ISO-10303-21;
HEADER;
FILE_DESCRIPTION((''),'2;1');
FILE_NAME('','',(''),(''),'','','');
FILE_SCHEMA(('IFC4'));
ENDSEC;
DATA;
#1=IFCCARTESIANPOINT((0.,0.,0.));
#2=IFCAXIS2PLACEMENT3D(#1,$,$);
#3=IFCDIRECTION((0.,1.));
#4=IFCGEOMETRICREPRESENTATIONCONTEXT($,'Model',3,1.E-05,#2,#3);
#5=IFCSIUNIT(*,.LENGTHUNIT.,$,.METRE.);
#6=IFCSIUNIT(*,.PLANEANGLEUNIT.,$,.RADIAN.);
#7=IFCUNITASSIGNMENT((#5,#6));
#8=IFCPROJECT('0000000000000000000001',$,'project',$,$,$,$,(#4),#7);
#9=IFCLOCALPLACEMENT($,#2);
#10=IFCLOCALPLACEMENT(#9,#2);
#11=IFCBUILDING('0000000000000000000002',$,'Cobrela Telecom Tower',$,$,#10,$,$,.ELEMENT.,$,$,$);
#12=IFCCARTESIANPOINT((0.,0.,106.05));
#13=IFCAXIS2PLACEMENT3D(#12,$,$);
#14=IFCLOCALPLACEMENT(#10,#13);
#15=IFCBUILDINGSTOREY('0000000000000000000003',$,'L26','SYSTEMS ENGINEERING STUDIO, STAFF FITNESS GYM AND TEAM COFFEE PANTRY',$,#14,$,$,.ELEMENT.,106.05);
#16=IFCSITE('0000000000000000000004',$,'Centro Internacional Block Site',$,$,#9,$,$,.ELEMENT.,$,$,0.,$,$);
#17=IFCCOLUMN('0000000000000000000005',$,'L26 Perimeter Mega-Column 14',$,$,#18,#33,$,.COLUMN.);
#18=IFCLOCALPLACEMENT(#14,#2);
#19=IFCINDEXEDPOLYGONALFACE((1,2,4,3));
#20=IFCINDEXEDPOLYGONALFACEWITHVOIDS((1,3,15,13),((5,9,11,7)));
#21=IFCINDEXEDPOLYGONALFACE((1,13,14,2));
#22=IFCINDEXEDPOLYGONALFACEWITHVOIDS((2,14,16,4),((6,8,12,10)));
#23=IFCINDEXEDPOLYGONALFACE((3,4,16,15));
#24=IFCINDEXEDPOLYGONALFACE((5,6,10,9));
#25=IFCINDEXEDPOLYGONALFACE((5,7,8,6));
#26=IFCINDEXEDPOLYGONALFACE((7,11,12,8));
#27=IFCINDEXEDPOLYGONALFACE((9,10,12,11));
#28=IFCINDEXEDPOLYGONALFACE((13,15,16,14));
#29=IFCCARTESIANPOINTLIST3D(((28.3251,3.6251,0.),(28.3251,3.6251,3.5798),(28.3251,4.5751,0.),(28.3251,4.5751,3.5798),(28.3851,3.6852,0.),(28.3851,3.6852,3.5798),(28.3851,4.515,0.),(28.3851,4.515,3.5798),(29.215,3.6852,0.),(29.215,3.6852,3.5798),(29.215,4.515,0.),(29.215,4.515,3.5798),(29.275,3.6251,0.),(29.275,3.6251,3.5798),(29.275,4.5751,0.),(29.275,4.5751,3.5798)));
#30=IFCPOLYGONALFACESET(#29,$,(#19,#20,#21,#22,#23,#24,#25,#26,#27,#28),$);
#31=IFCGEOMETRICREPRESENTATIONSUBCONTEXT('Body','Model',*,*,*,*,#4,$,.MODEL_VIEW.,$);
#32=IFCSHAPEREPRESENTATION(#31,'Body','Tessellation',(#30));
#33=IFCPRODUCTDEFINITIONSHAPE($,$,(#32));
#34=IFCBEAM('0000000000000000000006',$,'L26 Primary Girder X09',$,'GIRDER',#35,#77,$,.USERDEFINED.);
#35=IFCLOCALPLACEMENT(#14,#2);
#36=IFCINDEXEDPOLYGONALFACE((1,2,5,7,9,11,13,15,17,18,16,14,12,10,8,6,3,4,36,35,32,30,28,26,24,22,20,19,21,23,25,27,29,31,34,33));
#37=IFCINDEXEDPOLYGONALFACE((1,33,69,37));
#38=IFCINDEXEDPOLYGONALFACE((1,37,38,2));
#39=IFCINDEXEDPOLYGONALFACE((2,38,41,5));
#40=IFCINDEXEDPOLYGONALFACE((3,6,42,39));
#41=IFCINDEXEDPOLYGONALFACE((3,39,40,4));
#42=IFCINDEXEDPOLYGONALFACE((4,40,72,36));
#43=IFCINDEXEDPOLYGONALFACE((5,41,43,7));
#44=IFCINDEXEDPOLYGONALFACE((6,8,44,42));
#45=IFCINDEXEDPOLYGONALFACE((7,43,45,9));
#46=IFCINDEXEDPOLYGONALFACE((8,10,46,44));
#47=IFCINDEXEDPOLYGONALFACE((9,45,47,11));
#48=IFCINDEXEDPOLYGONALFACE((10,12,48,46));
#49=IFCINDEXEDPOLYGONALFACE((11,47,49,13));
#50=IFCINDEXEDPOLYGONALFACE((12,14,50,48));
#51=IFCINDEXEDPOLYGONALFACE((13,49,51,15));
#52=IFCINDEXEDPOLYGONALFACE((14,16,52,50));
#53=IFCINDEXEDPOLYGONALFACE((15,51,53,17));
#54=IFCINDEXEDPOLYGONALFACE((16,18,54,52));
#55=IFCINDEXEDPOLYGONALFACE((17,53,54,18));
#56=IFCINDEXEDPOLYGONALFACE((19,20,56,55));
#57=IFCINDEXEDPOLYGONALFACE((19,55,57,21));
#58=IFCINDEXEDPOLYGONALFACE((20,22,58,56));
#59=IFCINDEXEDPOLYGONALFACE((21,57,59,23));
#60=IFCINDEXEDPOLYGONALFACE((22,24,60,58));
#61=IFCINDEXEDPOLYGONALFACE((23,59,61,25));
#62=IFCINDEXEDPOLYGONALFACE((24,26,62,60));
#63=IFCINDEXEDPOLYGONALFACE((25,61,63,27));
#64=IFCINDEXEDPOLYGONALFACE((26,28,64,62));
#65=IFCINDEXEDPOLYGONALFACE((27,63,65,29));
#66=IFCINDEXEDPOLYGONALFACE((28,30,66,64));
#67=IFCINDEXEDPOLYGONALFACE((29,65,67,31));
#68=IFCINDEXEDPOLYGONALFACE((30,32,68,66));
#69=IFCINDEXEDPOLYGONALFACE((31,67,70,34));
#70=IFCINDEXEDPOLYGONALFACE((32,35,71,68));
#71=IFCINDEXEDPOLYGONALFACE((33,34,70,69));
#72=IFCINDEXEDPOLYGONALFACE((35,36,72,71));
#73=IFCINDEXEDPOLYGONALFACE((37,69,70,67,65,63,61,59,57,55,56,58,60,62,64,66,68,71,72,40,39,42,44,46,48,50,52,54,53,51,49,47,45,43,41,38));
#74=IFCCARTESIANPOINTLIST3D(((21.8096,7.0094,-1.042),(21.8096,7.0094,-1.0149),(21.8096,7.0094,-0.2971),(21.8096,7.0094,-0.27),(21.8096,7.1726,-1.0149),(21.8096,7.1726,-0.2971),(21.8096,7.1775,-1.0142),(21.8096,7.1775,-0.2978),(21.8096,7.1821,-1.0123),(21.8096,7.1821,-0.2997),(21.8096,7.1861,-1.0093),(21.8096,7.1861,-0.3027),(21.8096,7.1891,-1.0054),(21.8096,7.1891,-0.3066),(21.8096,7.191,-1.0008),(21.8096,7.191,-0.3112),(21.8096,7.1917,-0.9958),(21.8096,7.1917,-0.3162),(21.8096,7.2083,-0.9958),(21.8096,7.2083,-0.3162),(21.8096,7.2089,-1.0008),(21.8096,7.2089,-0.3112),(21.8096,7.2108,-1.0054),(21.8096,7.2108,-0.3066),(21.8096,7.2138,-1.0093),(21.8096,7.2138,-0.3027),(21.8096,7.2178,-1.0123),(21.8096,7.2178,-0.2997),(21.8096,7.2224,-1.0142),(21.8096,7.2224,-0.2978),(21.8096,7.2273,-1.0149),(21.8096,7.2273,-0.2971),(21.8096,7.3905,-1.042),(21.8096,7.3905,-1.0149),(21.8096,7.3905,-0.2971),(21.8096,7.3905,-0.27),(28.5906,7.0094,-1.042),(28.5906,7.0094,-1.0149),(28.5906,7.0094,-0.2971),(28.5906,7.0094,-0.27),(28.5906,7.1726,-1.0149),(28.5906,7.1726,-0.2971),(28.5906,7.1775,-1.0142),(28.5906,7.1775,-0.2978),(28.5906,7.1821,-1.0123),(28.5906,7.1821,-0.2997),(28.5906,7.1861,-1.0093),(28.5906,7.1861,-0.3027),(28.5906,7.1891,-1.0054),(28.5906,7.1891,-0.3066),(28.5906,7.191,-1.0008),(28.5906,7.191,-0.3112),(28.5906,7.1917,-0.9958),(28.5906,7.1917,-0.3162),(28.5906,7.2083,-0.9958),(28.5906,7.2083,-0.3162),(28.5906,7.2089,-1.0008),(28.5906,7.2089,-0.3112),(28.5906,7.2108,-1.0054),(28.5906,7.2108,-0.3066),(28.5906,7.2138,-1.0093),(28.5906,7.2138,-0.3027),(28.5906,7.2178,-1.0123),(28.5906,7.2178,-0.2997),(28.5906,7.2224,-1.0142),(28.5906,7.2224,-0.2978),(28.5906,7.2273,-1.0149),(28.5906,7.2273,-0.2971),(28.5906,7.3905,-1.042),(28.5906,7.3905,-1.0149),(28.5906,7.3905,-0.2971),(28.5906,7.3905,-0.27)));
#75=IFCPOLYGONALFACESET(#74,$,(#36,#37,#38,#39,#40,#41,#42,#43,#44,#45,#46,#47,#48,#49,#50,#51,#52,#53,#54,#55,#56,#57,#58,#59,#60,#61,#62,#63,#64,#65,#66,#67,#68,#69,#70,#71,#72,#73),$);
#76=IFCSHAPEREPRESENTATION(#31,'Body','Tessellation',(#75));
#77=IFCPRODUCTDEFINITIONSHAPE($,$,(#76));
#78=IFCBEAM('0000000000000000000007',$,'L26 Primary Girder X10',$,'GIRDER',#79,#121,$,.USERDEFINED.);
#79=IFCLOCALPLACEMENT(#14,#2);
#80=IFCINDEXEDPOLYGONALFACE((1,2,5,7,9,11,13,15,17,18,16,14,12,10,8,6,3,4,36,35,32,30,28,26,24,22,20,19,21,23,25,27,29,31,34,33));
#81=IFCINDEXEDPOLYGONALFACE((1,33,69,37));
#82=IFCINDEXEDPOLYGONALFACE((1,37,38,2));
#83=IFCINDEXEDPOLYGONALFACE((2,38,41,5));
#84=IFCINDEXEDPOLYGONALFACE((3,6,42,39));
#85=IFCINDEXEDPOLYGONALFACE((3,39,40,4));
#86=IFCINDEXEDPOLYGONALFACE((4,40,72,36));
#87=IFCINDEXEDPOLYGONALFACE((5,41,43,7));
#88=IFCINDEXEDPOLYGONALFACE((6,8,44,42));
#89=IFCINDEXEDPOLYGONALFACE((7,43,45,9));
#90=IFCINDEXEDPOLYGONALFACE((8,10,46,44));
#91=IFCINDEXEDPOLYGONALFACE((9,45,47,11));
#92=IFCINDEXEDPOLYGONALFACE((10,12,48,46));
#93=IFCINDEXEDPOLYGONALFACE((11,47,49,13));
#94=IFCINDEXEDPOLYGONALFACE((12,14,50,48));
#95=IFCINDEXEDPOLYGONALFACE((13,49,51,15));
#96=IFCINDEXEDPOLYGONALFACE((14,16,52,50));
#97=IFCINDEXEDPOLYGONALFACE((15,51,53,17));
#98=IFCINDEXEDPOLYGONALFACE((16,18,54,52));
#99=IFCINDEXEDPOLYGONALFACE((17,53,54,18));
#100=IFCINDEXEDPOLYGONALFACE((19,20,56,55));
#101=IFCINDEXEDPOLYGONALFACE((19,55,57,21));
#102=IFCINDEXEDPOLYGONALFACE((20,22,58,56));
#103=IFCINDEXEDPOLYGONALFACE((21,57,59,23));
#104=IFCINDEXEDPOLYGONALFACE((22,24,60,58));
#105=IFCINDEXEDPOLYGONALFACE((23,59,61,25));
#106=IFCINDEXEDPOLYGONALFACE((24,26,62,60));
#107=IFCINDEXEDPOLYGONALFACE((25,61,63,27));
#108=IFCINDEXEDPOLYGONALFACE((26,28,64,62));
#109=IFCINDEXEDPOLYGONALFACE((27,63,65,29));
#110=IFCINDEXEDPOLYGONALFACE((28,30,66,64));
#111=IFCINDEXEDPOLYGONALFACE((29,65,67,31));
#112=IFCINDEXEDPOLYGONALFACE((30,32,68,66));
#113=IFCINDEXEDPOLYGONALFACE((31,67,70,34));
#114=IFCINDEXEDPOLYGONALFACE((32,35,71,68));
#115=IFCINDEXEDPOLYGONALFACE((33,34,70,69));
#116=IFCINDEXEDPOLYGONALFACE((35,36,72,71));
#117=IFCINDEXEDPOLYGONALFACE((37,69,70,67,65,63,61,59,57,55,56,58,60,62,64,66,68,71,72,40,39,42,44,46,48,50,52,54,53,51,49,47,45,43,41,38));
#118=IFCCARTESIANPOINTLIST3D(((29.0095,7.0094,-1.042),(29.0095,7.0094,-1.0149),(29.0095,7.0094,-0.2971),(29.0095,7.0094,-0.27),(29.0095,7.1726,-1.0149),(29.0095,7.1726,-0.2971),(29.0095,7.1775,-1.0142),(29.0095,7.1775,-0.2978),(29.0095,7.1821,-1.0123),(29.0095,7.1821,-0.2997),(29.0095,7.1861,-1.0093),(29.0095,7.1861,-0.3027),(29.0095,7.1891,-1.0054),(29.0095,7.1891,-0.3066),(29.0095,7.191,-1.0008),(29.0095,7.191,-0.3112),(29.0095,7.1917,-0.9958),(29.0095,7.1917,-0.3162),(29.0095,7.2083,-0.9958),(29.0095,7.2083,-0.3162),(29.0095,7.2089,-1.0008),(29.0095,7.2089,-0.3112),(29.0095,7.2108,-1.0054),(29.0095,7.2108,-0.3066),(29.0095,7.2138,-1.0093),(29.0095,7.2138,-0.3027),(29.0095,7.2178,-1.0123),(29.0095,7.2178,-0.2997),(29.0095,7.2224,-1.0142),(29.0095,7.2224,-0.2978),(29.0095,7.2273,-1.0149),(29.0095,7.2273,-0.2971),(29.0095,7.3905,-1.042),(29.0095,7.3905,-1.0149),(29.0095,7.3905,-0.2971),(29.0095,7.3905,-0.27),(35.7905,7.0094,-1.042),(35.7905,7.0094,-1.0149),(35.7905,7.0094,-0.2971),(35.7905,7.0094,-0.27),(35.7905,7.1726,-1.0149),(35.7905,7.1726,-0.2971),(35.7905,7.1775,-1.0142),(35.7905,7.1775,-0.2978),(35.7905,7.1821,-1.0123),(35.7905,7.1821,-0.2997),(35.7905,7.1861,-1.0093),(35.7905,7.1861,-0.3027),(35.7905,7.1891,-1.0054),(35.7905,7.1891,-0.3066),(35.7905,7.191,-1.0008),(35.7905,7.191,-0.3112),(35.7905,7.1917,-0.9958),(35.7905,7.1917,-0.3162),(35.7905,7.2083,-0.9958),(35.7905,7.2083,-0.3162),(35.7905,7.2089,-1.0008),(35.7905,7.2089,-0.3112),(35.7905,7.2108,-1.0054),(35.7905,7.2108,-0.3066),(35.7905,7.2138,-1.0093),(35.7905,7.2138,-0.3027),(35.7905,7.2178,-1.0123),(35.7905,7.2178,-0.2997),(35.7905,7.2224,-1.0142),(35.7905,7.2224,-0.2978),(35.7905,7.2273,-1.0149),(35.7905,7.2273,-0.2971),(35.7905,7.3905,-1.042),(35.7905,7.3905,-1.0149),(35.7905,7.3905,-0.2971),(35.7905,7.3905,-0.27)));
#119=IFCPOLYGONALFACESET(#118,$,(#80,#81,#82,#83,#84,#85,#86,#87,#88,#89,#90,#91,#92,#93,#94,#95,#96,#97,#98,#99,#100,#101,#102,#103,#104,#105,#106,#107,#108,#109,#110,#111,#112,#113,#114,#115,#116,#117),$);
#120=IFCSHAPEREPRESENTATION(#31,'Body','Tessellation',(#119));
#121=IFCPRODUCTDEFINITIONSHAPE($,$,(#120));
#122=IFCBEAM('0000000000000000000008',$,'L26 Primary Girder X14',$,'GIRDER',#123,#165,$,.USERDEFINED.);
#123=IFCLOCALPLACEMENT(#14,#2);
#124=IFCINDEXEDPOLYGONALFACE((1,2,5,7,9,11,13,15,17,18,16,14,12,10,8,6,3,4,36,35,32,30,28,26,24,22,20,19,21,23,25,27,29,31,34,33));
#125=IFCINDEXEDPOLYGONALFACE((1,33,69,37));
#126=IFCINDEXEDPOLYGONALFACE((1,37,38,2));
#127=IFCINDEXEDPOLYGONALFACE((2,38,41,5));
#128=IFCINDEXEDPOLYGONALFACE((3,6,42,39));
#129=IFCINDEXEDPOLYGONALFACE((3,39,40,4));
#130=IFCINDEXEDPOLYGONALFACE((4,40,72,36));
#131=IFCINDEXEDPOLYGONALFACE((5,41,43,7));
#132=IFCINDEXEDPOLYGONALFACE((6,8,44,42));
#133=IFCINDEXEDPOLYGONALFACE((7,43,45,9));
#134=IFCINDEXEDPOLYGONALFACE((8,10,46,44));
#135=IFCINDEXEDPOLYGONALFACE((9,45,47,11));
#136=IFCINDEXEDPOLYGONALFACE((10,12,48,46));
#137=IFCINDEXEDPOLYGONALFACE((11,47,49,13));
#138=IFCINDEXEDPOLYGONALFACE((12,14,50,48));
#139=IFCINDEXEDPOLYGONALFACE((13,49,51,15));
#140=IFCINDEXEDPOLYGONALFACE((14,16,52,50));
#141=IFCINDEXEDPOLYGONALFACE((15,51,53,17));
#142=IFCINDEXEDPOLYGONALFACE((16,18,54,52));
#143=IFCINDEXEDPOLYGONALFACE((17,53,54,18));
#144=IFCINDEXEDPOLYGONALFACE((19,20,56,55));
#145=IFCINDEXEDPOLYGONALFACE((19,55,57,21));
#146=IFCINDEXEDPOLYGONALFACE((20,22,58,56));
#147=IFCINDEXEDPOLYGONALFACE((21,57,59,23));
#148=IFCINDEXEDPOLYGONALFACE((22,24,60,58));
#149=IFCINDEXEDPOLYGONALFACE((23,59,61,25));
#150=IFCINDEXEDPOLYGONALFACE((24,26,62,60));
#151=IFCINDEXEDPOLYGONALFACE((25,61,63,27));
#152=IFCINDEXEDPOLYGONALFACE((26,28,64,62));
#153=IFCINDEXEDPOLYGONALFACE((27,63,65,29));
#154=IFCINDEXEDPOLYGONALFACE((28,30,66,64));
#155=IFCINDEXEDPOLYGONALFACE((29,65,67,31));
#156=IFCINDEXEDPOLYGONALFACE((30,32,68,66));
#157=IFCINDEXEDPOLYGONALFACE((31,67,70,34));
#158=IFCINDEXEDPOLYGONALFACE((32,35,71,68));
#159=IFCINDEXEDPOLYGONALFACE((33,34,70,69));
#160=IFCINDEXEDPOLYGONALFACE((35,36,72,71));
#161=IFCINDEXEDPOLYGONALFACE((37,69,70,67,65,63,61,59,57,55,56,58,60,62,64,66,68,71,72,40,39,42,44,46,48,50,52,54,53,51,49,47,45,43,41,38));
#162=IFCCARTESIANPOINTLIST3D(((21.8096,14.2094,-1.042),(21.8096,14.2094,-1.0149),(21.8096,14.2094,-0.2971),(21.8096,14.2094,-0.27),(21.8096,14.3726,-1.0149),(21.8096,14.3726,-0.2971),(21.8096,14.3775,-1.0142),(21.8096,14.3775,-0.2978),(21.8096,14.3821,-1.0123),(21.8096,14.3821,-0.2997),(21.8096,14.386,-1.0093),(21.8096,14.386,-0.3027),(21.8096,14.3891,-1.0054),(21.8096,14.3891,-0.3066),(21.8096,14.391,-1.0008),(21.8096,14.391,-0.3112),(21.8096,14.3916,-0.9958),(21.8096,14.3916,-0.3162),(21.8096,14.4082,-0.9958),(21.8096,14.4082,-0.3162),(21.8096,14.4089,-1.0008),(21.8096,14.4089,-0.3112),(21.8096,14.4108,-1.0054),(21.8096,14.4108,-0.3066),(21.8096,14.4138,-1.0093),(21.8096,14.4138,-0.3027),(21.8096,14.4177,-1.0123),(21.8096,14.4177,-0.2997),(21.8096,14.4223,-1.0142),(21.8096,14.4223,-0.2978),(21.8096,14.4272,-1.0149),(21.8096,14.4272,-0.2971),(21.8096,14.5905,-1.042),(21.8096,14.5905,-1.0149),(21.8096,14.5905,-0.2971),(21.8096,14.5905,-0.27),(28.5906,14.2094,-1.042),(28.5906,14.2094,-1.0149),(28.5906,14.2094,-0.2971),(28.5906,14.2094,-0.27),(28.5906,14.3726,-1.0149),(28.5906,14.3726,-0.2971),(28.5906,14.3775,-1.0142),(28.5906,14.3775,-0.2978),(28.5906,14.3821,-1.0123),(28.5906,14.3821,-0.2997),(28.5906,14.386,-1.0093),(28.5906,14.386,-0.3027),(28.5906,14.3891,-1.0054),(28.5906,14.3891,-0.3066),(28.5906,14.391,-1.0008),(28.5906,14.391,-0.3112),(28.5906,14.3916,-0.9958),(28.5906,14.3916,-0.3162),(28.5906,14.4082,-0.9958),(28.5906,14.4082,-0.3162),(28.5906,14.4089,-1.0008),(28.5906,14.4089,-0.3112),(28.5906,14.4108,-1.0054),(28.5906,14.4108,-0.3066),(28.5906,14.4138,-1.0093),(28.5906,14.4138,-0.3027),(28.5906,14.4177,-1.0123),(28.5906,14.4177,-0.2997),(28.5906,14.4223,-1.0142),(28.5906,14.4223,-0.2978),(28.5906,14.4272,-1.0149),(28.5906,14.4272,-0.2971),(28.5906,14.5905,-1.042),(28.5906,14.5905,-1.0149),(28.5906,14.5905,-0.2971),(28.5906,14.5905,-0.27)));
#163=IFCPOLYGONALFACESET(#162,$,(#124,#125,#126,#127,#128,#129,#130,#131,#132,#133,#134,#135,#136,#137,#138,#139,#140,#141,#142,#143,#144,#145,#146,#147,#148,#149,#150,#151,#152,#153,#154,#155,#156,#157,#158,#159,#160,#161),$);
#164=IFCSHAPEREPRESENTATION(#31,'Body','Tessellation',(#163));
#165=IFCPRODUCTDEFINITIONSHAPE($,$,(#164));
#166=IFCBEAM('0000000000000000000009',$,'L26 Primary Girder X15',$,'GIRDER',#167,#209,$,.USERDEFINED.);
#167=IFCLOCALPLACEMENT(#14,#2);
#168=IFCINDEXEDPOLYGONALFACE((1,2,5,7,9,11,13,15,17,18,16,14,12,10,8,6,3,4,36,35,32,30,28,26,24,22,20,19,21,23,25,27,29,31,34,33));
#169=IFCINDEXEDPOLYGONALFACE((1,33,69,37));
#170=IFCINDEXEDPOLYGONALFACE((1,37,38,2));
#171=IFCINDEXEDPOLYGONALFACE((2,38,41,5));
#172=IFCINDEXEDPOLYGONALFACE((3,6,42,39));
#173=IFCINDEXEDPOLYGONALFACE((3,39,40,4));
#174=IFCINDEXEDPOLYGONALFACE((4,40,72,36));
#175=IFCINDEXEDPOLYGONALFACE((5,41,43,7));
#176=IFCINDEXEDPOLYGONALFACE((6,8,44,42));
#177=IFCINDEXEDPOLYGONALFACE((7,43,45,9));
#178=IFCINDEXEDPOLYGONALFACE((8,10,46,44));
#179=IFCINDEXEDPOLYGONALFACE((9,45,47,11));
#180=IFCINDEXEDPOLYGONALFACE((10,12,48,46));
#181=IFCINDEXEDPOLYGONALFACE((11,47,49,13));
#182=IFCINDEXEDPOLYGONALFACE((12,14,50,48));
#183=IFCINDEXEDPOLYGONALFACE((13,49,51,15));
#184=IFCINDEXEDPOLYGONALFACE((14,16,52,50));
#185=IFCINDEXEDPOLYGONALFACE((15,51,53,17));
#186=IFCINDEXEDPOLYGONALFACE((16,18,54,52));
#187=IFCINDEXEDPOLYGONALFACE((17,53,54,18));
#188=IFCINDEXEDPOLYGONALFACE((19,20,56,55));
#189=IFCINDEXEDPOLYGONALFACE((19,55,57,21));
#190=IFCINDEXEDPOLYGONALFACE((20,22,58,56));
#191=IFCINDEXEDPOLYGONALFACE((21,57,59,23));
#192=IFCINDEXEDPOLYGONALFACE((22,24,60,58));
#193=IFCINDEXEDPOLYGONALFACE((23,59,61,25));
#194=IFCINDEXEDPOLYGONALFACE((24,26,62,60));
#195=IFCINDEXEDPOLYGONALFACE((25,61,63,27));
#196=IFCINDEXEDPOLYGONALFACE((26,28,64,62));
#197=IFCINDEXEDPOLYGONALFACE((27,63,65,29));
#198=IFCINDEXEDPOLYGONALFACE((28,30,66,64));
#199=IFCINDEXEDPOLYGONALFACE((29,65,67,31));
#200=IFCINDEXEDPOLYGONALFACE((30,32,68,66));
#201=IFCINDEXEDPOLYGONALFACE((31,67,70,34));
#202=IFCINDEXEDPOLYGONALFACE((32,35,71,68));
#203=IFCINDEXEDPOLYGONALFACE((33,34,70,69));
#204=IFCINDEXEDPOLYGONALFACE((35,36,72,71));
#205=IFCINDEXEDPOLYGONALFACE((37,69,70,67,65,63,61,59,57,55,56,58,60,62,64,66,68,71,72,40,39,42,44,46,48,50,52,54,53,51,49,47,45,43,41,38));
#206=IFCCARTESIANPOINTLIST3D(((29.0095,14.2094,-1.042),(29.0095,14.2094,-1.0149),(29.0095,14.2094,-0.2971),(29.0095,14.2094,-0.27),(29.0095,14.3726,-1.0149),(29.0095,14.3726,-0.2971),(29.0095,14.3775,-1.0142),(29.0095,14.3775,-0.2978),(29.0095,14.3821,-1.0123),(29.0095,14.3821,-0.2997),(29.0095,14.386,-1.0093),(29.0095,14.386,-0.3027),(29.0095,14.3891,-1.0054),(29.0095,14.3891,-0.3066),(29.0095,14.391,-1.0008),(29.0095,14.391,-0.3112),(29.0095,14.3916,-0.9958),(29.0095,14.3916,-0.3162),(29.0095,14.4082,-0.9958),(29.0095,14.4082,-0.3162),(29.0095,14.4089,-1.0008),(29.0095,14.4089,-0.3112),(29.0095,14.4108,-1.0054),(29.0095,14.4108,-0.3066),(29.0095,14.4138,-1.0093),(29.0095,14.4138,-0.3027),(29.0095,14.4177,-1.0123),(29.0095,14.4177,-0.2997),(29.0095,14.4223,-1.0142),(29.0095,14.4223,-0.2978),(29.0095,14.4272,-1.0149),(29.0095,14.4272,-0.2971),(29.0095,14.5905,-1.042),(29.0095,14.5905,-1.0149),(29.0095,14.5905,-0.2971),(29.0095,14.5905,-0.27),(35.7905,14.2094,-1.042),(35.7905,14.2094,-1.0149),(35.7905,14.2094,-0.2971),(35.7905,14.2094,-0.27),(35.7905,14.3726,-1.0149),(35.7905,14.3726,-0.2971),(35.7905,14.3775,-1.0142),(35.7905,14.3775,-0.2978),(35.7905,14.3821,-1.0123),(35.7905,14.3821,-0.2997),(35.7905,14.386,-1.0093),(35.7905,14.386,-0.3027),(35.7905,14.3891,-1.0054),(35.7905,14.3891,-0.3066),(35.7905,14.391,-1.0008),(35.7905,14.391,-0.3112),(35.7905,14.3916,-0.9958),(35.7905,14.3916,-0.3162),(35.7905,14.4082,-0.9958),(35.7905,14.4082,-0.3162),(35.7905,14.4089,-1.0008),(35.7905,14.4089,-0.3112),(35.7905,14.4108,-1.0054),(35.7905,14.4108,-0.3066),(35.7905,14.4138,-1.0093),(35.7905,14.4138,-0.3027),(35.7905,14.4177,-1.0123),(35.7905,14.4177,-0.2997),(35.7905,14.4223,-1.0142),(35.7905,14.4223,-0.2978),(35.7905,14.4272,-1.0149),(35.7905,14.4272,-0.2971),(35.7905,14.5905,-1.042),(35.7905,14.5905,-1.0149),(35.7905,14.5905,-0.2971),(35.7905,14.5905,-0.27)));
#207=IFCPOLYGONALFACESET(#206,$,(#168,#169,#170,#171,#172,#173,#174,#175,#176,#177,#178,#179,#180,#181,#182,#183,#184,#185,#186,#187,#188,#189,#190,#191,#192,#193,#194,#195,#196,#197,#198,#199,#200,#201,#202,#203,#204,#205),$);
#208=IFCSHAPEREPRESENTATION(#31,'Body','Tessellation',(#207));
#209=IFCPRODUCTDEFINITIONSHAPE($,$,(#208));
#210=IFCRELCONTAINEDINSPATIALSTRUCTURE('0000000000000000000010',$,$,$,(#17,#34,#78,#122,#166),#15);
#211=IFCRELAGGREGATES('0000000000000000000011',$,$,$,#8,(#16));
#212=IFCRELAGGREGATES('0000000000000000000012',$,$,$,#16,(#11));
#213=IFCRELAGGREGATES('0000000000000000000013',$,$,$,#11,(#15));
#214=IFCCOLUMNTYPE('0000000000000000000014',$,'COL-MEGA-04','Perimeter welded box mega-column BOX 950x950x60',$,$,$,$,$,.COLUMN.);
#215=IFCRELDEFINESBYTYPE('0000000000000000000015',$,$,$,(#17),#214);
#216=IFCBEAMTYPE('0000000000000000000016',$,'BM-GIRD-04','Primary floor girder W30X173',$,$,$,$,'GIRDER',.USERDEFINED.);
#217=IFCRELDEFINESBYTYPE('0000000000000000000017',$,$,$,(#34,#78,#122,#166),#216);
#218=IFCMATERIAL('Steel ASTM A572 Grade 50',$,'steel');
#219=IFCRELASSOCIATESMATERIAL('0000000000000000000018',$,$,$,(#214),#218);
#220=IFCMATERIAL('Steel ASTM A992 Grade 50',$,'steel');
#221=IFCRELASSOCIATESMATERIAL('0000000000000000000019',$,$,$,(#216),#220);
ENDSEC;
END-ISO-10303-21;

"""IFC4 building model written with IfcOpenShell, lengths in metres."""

from ifc_helpers import new_model, si_unit, direction, frame, origin, origin_2d, place, context, subcontext, project, spatial, hollow_rectangle, i_section, extrude, material, material_profile, profile_set, type_object, element, save


model = new_model("IFC4")

# Units and contexts
model_context = context("Model", 3, precision=1e-05, world=origin(), true_north=direction((0.0, 1.0)))
body_context = subcontext(model_context, "Body", "Model", "MODEL_VIEW")
ifc_project = project(units=[si_unit("LENGTHUNIT", "METRE"), si_unit("PLANEANGLEUNIT", "RADIAN")], contexts=[model_context])

# Site, building, storey
site_placement = place(None, origin())
site = spatial("IfcSite", under=ifc_project, at=site_placement, Name="Centro Internacional Block Site", CompositionType="ELEMENT", RefElevation=0.0)
building_placement = place(site_placement, origin())
building = spatial("IfcBuilding", under=site, at=building_placement, Name="Cobrela Telecom Tower", CompositionType="ELEMENT")
storey_placement = place(building_placement, frame((0.0, 0.0, 106.05)))
storey = spatial("IfcBuildingStorey", under=building, at=storey_placement, Name="L26", Description="SYSTEMS ENGINEERING STUDIO, STAFF FITNESS GYM AND TEAM COFFEE PANTRY", CompositionType="ELEMENT", Elevation=106.05)

# Column
ifc_material_1 = material(Name="Steel ASTM A992 Grade 50", Category="steel")
ifc_material_2 = material(Name="Steel ASTM A572 Grade 50", Category="steel")
ifc_material_profile_1 = material_profile(ifc_material_2, hollow_rectangle(XDim=0.95, YDim=0.95, WallThickness=0.0601, at=origin_2d()), Name="BOX 950x950x60")
ifc_profile_set_1 = profile_set([ifc_material_profile_1], Name="Steel ASTM A572 Grade 50")
column_type_1 = type_object("IfcColumnType", Name="COL-MEGA-04", Description="Perimeter welded box mega-column BOX 950x950x60", PredefinedType="COLUMN", material=ifc_profile_set_1)
for number, where, z_axis, x_axis, name in (
    (1, (28.8, 4.1001, 0.0), (0.0, 0.0, 1.0), (1.0, 0.0, 0.0), "L26 Perimeter Mega-Column 14"),
):
    element("IfcColumn", number, at=place(storey_placement, frame(where, z_axis=z_axis, x_axis=x_axis)), inside=storey, type_object=column_type_1, Name=name, PredefinedType="COLUMN", context=body_context, shape_type="SweptSolid", body=[
        extrude(hollow_rectangle(XDim=0.95, YDim=0.95, WallThickness=0.0601, at=origin_2d()), origin(), (0.0, 0.0, 1.0), 3.5798),
    ])

# Beams
ifc_material_profile_2 = material_profile(ifc_material_1, i_section(OverallWidth=0.3811, OverallDepth=0.772, WebThickness=0.0166, FlangeThickness=0.0271, FilletRadius=0.019, at=origin_2d()), Name="W30X173")
ifc_profile_set_2 = profile_set([ifc_material_profile_2], Name="Steel ASTM A992 Grade 50")
beam_type_1 = type_object("IfcBeamType", Name="BM-GIRD-04", Description="Primary floor girder W30X173", ElementType="GIRDER", PredefinedType="USERDEFINED", material=ifc_profile_set_2)
for number, where, z_axis, x_axis, name in (
    (2, (21.8096, 7.2, -0.656), (1.0, 0.0, 0.0), (0.0, 1.0, 0.0), "L26 Primary Girder X09"),
    (3, (29.0095, 7.2, -0.656), (1.0, 0.0, 0.0), (0.0, 1.0, 0.0), "L26 Primary Girder X10"),
    (4, (21.8096, 14.3999, -0.656), (1.0, 0.0, 0.0), (0.0, 1.0, 0.0), "L26 Primary Girder X14"),
    (5, (29.0095, 14.3999, -0.656), (1.0, 0.0, 0.0), (0.0, 1.0, 0.0), "L26 Primary Girder X15"),
):
    element("IfcBeam", number, at=place(storey_placement, frame(where, z_axis=z_axis, x_axis=x_axis)), inside=storey, type_object=beam_type_1, Name=name, ObjectType="GIRDER", PredefinedType="USERDEFINED", context=body_context, shape_type="SweptSolid", body=[
        extrude(i_section(OverallWidth=0.3811, OverallDepth=0.772, WebThickness=0.0166, FlangeThickness=0.0271, FilletRadius=0.019, at=origin_2d()), origin(), (0.0, 0.0, 1.0), 6.781),
    ])

save(model, "model.ifc")
